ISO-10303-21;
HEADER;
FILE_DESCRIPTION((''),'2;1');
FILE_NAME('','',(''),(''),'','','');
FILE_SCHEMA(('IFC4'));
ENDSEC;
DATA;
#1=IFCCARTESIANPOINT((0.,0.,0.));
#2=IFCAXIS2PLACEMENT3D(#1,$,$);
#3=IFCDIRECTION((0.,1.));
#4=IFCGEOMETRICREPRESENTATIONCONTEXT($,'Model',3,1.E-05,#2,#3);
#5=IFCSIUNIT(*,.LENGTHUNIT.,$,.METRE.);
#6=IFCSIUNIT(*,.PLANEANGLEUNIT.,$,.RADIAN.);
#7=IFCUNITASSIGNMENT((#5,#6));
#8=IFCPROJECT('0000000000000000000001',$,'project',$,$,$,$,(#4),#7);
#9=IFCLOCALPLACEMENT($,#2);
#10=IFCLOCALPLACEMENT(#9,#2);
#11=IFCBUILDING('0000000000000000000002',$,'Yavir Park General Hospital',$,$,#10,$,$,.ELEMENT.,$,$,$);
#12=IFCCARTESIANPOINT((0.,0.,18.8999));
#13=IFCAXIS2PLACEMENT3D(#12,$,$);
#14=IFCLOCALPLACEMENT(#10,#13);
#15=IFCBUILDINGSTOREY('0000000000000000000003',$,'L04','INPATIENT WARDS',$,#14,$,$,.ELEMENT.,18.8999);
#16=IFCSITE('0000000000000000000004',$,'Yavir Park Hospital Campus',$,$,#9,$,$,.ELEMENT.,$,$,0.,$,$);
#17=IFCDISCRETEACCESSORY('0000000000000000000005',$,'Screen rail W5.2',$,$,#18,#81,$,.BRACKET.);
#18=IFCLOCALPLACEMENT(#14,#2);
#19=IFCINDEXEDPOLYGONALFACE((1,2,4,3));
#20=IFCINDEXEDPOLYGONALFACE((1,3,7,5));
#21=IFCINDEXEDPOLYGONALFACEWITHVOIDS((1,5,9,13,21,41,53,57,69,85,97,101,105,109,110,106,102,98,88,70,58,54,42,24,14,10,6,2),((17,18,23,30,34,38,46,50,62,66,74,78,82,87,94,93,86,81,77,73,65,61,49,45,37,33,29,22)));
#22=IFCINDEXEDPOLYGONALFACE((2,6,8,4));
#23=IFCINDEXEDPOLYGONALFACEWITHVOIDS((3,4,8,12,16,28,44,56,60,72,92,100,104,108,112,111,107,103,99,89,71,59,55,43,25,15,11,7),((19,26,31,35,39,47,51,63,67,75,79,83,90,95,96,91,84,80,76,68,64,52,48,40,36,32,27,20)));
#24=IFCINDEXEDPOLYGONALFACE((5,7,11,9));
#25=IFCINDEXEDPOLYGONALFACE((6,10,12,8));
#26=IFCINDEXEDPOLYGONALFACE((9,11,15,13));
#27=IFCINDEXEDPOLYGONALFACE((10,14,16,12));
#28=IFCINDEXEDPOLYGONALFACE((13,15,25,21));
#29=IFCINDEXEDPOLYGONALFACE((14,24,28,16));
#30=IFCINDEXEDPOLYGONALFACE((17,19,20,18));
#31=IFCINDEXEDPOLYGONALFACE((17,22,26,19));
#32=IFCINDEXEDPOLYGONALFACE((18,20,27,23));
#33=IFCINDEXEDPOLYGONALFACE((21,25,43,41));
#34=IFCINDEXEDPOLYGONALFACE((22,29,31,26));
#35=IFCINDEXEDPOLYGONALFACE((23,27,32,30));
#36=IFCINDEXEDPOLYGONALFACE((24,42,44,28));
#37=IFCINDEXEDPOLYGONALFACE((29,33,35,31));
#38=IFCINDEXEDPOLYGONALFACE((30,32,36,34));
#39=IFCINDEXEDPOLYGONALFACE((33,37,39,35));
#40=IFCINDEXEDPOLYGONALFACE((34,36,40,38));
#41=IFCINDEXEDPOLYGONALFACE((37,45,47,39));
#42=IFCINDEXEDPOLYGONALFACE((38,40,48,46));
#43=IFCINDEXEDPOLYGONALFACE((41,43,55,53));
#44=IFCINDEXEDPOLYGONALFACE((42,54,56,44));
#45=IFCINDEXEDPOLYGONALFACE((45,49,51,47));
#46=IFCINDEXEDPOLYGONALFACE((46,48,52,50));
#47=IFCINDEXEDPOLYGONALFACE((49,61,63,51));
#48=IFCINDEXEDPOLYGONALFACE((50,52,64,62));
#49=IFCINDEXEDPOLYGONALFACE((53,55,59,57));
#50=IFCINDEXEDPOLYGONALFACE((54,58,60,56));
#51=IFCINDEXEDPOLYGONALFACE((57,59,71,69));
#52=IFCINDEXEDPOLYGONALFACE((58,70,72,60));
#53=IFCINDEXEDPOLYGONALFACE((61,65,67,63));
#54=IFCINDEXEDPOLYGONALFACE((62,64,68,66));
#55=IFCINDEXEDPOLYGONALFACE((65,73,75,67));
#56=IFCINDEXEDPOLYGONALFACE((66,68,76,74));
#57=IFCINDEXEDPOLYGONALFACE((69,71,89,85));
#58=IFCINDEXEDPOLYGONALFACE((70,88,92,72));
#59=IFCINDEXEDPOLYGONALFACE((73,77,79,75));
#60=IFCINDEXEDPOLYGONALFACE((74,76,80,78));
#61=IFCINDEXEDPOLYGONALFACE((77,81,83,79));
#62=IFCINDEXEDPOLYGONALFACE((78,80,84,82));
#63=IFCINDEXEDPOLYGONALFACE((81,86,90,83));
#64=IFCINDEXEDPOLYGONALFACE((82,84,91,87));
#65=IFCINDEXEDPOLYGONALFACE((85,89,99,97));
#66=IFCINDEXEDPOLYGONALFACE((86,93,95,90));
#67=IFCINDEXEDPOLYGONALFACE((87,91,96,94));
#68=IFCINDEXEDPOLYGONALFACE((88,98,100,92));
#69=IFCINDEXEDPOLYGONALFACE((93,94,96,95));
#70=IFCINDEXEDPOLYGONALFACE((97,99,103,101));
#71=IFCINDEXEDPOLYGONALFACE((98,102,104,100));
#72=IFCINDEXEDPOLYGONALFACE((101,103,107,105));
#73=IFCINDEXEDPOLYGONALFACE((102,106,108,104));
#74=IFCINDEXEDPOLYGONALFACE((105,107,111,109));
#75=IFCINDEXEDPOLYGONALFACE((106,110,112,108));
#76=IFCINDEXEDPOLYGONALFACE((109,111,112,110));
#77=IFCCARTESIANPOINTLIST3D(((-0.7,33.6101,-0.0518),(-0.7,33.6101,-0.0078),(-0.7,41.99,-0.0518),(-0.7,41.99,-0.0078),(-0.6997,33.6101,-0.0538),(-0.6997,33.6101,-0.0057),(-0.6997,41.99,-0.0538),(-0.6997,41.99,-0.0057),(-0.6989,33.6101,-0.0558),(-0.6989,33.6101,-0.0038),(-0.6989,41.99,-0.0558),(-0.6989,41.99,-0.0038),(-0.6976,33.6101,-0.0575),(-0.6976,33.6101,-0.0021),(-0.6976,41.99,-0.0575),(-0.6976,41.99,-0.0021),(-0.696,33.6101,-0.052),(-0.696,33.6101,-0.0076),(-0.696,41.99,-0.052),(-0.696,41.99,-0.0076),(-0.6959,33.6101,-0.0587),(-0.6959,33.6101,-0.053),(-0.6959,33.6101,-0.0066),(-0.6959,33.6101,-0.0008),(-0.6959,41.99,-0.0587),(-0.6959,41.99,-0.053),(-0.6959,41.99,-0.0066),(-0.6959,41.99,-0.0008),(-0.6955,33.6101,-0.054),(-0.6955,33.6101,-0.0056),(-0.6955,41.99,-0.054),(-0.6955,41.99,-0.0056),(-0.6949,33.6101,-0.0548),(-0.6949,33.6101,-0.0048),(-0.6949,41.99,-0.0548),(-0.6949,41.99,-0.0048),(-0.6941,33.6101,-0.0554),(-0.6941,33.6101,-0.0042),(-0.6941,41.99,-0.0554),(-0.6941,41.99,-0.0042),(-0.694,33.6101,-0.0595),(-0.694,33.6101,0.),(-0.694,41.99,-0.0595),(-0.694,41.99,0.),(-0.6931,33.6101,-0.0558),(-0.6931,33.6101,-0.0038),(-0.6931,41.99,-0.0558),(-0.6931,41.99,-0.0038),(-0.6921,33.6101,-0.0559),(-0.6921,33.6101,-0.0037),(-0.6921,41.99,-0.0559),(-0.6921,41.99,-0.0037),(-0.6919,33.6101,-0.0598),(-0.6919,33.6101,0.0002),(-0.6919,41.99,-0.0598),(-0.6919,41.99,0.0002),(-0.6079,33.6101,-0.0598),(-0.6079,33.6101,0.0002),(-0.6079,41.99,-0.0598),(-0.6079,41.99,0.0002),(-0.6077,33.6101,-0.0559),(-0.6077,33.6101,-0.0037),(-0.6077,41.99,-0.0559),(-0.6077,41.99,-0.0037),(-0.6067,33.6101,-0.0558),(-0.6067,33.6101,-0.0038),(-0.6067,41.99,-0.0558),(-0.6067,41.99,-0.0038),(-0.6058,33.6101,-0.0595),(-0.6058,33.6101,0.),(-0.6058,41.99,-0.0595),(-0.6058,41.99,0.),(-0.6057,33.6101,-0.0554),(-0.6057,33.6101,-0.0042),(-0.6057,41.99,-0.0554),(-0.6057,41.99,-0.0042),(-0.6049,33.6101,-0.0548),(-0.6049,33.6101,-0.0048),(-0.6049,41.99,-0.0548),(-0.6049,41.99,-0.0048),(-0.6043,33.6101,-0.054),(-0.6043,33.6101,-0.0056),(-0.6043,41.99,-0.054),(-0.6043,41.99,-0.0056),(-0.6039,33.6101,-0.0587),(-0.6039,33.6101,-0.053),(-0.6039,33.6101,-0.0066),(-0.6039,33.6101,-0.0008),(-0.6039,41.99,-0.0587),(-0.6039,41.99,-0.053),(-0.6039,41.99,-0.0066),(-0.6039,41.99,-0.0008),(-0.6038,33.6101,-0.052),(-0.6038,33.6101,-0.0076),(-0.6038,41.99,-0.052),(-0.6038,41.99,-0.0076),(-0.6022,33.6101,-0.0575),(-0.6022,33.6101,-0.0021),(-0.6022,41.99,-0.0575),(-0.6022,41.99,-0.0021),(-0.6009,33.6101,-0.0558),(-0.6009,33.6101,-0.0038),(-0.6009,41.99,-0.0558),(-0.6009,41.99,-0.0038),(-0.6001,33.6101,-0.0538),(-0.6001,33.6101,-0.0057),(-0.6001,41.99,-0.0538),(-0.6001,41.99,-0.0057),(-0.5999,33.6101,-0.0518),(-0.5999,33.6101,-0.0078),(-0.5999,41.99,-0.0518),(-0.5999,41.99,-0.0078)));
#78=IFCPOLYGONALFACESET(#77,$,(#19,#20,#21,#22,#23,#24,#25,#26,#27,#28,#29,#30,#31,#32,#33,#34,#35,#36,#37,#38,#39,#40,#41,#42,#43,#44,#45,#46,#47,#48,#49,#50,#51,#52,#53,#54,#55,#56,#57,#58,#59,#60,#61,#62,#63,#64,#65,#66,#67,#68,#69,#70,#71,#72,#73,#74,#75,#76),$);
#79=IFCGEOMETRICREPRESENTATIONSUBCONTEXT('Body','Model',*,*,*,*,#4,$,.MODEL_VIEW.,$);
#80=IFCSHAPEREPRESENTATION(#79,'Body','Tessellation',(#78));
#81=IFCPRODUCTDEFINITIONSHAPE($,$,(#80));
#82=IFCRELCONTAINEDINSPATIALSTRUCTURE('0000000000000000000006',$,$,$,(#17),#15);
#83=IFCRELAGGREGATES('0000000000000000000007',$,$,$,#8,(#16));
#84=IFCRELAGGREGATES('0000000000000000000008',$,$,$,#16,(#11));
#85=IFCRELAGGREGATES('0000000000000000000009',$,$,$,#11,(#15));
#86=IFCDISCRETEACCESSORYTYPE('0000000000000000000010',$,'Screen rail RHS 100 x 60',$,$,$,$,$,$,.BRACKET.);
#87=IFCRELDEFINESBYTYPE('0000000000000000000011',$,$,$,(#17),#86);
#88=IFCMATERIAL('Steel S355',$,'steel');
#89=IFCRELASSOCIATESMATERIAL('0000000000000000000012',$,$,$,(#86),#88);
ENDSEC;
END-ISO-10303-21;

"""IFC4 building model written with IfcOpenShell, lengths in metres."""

from ifc_helpers import new_model, si_unit, direction, frame, origin, origin_2d, place, context, subcontext, project, spatial, hollow_rectangle, extrude, material, material_profile, profile_set, type_object, element, save


model = new_model("IFC4")

# Units and contexts
model_context = context("Model", 3, precision=1e-05, world=origin(), true_north=direction((0.0, 1.0)))
body_context = subcontext(model_context, "Body", "Model", "MODEL_VIEW")
ifc_project = project(units=[si_unit("LENGTHUNIT", "METRE"), si_unit("PLANEANGLEUNIT", "RADIAN")], contexts=[model_context])

# Site, building, storey
site_placement = place(None, origin())
site = spatial("IfcSite", under=ifc_project, at=site_placement, Name="Yavir Park Hospital Campus", CompositionType="ELEMENT", RefElevation=0.0)
building_placement = place(site_placement, origin())
building = spatial("IfcBuilding", under=site, at=building_placement, Name="Yavir Park General Hospital", CompositionType="ELEMENT")
storey_placement = place(building_placement, frame((0.0, 0.0, 18.8999)))
storey = spatial("IfcBuildingStorey", under=building, at=storey_placement, Name="L04", Description="INPATIENT WARDS", CompositionType="ELEMENT", Elevation=18.8999)

# Discrete accessory
ifc_material_1 = material(Name="Steel S355", Category="steel")
ifc_material_profile_1 = material_profile(ifc_material_1, hollow_rectangle(XDim=0.1001, YDim=0.0601, WallThickness=0.0039, InnerFilletRadius=0.0039, OuterFilletRadius=0.0081, at=origin_2d()), Name="RHS60x100x4")
ifc_profile_set_1 = profile_set([ifc_material_profile_1], Name="Steel S355")
discrete_accessory_type_1 = type_object("IfcDiscreteAccessoryType", Name="Screen rail RHS 100 x 60", PredefinedType="BRACKET", material=ifc_profile_set_1)
discrete_accessory_1_placement = place(storey_placement, frame((-0.6499, 33.6101, -0.0298), z_axis=(0.0, 1.0, 0.0), x_axis=(-1.0, 0.0, 0.0)))
element("IfcDiscreteAccessory", 1, at=discrete_accessory_1_placement, inside=storey, type_object=discrete_accessory_type_1, Name="Screen rail W5.2", PredefinedType="BRACKET", context=body_context, shape_type="SweptSolid", body=[
    extrude(hollow_rectangle(XDim=0.1001, YDim=0.0601, WallThickness=0.0039, InnerFilletRadius=0.0039, OuterFilletRadius=0.0081, at=origin_2d()), origin(), (0.0, 0.0, 1.0), 8.3799),
])

save(model, "model.ifc")
